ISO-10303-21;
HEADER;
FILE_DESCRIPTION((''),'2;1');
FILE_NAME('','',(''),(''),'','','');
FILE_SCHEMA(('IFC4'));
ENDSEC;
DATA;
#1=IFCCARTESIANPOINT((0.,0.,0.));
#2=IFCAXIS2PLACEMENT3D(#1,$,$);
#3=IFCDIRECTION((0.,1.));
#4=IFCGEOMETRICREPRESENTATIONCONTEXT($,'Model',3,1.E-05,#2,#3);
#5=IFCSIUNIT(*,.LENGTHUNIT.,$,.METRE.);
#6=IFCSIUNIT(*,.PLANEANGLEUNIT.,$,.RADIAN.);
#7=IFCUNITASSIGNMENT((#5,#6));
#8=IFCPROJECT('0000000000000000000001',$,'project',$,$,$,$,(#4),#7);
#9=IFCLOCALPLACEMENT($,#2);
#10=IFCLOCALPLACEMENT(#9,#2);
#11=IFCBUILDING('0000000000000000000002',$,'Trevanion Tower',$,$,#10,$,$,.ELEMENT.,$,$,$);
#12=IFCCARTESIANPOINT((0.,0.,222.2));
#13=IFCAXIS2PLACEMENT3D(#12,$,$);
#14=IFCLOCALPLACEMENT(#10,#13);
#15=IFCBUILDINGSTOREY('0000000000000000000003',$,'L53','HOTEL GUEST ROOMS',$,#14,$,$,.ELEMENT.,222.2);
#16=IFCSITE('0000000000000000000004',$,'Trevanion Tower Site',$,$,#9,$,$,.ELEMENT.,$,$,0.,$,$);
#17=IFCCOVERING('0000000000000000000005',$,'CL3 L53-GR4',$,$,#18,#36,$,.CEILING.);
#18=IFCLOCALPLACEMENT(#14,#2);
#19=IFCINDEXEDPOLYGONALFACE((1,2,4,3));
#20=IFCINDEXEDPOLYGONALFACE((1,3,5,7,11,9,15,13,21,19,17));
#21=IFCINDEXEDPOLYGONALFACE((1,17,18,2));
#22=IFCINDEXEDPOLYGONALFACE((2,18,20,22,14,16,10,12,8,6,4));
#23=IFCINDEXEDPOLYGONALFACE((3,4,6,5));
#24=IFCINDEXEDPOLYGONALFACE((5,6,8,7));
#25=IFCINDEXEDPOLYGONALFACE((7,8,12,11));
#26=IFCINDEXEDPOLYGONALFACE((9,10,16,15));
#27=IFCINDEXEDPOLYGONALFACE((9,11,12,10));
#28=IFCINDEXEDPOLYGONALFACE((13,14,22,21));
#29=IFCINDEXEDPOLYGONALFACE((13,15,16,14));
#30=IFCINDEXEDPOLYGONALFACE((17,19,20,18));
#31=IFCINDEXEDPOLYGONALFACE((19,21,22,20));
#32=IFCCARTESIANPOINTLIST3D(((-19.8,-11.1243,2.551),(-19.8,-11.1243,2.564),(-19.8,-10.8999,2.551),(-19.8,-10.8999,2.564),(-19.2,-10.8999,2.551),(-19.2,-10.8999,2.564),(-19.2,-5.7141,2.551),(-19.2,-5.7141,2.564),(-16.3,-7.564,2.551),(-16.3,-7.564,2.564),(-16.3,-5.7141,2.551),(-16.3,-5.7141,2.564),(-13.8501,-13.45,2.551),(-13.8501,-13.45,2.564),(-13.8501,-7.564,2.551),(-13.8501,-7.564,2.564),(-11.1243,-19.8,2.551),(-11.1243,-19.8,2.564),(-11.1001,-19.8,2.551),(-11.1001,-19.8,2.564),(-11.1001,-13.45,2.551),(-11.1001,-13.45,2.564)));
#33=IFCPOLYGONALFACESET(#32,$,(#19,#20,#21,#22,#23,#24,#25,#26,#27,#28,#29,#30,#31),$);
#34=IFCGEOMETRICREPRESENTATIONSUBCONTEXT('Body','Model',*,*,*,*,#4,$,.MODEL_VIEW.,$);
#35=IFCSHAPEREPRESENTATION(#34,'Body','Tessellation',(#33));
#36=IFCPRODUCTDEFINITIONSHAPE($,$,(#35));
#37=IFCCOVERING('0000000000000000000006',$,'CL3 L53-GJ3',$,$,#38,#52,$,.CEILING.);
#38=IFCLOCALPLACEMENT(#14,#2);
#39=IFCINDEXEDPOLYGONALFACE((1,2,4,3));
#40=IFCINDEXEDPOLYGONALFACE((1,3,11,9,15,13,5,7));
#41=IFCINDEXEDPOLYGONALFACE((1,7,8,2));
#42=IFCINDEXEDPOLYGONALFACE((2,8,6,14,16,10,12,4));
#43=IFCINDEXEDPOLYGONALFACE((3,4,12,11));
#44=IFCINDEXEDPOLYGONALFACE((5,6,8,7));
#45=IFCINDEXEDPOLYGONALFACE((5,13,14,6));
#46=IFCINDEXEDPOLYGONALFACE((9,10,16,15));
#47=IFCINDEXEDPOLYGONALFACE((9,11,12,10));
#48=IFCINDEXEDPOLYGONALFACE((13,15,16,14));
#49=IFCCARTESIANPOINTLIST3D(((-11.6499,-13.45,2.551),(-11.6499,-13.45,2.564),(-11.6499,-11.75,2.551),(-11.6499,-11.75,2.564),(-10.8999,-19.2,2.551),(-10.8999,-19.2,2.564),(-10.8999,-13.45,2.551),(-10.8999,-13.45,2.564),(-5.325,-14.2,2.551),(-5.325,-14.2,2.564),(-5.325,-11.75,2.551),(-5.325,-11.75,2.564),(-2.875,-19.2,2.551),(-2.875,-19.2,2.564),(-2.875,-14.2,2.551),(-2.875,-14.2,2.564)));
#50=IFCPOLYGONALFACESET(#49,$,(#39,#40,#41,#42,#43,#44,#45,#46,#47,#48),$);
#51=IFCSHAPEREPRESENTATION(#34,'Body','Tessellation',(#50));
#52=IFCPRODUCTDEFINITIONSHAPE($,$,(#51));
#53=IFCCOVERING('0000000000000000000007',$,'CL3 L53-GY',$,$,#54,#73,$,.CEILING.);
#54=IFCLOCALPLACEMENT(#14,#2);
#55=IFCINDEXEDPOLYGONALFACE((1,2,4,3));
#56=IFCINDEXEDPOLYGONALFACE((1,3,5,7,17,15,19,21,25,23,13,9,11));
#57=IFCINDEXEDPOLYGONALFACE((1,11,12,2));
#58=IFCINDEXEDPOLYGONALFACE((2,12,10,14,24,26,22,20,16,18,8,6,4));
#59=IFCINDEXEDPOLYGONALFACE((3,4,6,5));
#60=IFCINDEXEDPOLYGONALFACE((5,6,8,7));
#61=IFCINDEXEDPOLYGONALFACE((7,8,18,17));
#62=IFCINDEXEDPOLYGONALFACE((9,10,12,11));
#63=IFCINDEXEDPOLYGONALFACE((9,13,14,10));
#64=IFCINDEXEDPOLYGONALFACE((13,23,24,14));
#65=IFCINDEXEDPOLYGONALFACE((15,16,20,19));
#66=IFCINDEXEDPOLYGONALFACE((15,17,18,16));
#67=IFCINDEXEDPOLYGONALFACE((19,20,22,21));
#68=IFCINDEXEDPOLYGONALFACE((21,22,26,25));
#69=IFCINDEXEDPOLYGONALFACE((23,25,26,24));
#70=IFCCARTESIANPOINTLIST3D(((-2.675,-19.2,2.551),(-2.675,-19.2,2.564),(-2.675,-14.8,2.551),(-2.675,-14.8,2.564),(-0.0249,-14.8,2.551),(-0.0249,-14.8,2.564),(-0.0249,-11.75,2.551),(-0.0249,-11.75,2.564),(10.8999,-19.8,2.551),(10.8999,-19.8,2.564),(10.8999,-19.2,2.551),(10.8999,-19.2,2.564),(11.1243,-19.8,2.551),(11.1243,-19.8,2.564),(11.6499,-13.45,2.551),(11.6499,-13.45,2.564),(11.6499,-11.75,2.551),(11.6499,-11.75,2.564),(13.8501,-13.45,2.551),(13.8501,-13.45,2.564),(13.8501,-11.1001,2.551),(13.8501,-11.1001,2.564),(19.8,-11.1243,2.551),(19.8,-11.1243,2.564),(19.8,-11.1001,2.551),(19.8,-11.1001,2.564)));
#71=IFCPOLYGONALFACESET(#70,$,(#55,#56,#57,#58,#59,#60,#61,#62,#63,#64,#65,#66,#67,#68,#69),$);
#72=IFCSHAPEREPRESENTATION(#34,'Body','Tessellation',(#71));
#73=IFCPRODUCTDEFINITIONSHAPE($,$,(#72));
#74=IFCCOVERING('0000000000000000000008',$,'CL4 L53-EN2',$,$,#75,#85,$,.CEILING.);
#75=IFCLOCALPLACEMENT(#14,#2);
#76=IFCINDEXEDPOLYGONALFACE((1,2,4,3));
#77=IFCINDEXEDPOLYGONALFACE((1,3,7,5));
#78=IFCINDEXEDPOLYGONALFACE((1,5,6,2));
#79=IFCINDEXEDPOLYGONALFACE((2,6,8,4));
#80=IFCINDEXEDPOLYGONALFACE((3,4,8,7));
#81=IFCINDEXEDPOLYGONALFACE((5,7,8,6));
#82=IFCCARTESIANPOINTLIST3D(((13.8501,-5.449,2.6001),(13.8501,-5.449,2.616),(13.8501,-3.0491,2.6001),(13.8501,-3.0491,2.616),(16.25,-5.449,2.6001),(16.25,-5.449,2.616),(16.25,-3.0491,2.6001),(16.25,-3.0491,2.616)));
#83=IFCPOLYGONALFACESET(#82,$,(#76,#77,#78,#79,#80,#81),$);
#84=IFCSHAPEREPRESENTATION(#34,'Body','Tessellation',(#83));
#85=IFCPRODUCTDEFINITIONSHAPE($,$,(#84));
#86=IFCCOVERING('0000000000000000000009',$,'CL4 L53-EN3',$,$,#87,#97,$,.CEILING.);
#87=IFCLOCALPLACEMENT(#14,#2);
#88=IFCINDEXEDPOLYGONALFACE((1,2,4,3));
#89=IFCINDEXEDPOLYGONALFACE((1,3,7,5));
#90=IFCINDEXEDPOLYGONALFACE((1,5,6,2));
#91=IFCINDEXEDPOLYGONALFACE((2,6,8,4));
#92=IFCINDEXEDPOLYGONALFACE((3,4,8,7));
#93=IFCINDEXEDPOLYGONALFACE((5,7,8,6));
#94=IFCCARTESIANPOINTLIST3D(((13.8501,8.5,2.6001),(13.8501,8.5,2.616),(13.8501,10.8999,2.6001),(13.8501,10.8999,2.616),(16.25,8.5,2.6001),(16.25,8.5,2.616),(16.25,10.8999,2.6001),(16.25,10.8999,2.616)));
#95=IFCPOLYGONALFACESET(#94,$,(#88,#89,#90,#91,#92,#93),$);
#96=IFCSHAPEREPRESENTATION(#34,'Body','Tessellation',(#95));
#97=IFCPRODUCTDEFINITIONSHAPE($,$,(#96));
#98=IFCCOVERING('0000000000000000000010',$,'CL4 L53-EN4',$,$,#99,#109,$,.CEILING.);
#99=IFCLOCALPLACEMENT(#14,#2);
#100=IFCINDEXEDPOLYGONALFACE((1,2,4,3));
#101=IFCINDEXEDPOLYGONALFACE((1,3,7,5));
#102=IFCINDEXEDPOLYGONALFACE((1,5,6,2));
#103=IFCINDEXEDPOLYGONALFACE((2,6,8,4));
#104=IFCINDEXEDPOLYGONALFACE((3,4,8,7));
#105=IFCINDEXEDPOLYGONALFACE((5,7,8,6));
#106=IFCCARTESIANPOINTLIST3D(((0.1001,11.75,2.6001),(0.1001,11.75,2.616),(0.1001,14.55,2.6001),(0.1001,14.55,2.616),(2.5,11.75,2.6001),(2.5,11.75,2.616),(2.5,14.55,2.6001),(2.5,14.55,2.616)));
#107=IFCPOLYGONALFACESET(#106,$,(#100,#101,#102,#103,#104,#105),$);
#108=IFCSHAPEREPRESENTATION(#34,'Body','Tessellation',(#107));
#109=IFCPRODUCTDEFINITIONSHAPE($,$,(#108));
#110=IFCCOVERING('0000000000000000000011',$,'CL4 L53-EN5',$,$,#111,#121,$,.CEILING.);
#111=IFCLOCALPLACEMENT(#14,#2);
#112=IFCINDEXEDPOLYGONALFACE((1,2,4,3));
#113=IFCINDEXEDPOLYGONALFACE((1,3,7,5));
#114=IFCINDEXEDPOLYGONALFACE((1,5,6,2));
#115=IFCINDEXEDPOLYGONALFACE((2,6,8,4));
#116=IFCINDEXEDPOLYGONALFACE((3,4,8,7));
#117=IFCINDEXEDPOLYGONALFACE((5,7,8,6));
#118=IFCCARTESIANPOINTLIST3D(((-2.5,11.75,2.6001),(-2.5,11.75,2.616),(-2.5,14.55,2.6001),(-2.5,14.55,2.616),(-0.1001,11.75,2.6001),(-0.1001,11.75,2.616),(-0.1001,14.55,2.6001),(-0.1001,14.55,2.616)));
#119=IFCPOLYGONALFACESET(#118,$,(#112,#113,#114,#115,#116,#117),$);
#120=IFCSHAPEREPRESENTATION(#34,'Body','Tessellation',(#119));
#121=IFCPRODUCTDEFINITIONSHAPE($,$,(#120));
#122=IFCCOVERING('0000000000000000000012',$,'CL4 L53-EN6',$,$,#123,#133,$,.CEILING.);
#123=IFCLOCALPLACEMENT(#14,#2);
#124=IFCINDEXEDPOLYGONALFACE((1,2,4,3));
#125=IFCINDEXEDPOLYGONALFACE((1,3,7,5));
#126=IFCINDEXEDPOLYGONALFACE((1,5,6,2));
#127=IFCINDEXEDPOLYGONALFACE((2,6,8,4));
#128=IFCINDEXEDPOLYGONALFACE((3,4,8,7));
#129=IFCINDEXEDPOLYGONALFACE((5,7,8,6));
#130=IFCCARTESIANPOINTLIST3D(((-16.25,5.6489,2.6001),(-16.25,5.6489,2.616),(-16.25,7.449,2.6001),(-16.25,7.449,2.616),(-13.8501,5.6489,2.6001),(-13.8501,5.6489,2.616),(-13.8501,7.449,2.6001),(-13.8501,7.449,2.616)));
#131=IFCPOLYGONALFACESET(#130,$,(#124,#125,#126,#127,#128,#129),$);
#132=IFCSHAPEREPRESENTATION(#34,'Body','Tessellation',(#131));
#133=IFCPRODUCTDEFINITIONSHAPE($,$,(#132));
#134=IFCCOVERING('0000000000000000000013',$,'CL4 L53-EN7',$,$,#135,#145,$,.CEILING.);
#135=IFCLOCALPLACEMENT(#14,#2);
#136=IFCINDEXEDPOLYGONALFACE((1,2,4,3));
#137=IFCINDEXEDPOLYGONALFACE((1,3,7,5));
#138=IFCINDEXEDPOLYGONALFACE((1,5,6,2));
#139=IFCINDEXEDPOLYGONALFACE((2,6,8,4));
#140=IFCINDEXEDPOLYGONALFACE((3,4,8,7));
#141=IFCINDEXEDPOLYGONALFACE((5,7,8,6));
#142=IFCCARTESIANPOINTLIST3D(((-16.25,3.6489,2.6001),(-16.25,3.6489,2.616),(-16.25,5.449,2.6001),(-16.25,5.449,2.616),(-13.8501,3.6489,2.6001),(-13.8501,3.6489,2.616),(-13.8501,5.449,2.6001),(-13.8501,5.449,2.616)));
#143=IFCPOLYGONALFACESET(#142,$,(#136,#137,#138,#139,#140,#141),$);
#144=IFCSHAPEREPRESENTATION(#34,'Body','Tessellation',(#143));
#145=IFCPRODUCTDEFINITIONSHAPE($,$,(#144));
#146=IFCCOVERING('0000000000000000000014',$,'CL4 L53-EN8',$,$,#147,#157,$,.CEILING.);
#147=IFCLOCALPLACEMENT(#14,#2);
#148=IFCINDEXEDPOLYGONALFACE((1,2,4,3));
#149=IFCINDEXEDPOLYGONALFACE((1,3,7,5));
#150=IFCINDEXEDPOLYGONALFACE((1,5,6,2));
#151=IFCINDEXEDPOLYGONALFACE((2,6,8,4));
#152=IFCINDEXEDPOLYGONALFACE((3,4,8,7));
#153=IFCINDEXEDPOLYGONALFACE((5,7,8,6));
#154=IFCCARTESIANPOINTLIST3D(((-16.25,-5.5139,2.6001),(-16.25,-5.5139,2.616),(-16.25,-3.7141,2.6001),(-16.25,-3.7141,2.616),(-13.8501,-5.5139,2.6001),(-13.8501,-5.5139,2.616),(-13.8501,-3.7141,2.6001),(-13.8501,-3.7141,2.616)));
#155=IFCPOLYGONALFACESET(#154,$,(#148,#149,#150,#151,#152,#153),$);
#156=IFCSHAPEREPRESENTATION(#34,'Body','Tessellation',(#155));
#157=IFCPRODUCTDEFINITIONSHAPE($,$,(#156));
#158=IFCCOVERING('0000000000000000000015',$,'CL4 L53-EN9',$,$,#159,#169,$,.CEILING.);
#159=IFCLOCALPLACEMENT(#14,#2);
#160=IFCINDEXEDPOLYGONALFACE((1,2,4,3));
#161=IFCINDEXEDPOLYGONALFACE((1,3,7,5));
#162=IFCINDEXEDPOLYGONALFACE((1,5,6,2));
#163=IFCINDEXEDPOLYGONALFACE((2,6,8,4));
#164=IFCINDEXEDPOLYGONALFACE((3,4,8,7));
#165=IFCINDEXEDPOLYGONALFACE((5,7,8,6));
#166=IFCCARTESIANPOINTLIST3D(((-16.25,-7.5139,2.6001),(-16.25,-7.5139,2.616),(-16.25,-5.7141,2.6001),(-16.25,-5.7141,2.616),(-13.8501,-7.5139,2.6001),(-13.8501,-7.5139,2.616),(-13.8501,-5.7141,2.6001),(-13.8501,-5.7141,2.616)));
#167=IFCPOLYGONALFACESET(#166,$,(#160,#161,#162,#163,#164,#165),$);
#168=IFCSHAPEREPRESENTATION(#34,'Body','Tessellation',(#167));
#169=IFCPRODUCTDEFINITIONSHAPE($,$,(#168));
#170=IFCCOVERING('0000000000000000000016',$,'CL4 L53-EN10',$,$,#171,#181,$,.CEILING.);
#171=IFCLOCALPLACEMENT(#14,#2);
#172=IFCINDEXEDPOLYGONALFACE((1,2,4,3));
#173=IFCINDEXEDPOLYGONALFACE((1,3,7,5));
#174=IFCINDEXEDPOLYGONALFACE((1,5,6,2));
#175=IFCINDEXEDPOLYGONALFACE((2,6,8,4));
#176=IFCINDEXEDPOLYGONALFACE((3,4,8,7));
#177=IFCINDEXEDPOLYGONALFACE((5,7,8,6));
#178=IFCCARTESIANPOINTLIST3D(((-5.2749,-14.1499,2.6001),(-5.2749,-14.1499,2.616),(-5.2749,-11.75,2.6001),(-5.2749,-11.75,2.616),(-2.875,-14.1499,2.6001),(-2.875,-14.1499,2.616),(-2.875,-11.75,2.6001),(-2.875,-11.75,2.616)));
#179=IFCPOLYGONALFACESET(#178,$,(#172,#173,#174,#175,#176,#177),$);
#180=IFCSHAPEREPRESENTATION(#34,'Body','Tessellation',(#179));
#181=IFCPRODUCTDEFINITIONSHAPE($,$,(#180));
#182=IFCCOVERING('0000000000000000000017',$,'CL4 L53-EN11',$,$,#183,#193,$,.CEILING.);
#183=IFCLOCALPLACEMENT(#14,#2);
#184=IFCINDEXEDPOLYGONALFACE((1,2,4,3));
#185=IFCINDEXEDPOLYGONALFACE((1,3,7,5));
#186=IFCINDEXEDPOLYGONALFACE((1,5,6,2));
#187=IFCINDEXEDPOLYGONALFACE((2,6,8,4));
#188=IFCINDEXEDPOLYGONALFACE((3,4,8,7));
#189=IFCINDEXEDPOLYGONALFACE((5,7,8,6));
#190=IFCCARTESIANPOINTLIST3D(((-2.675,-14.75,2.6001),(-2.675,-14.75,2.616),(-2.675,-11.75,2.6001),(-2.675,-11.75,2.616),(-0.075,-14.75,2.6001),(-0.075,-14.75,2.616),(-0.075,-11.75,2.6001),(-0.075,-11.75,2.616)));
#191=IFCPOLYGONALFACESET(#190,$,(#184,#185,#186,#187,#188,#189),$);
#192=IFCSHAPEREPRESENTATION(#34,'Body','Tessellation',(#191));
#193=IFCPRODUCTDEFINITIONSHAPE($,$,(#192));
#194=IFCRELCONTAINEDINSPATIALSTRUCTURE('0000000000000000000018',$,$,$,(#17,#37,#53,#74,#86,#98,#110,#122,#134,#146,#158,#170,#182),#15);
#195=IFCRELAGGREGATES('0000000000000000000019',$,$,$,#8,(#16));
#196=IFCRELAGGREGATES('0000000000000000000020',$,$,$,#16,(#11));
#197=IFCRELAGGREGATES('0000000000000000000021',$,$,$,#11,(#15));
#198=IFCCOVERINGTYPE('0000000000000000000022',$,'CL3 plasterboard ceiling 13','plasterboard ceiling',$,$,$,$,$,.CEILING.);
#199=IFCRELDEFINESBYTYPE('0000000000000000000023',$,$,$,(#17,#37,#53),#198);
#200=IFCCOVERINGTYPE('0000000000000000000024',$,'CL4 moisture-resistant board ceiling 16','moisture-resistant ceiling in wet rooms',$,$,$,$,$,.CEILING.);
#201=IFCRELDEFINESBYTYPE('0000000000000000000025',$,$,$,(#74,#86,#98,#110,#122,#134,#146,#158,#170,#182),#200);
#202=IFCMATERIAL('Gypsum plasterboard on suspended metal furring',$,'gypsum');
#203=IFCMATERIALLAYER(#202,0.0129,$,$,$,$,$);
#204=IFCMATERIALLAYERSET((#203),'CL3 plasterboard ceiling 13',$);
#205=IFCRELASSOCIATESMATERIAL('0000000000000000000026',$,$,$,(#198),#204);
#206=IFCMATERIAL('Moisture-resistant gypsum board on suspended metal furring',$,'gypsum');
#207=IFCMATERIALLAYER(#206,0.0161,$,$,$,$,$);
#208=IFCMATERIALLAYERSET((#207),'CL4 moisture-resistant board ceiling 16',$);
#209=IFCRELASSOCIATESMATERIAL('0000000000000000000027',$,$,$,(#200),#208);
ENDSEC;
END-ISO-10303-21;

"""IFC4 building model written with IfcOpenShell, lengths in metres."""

from ifc_helpers import new_model, si_unit, direction, frame, origin, place, context, subcontext, project, spatial, polyline, outline, extrude, material, layer, layer_set, type_object, element, save


model = new_model("IFC4")

# Units and contexts
model_context = context("Model", 3, precision=1e-05, world=origin(), true_north=direction((0.0, 1.0)))
body_context = subcontext(model_context, "Body", "Model", "MODEL_VIEW")
ifc_project = project(units=[si_unit("LENGTHUNIT", "METRE"), si_unit("PLANEANGLEUNIT", "RADIAN")], contexts=[model_context])

# Site, building, storey
site_placement = place(None, origin())
site = spatial("IfcSite", under=ifc_project, at=site_placement, Name="Trevanion Tower Site", CompositionType="ELEMENT", RefElevation=0.0)
building_placement = place(site_placement, origin())
building = spatial("IfcBuilding", under=site, at=building_placement, Name="Trevanion Tower", CompositionType="ELEMENT")
storey_placement = place(building_placement, frame((0.0, 0.0, 222.2)))
storey = spatial("IfcBuildingStorey", under=building, at=storey_placement, Name="L53", Description="HOTEL GUEST ROOMS", CompositionType="ELEMENT", Elevation=222.2)

# Coverings
ifc_material_1 = material(Name="Gypsum plasterboard on suspended metal furring", Category="gypsum")
ifc_layer_1 = layer(ifc_material_1, 0.0129)
ifc_layer_set_1 = layer_set([ifc_layer_1], Name="CL3 plasterboard ceiling 13")
covering_type_1 = type_object("IfcCoveringType", Name="CL3 plasterboard ceiling 13", Description="plasterboard ceiling", PredefinedType="CEILING", material=ifc_layer_set_1)
covering_1_placement = place(storey_placement, frame((0.0, 0.0, 2.551)))
element("IfcCovering", 1, at=covering_1_placement, inside=storey, type_object=covering_type_1, Name="CL3 L53-GR4", PredefinedType="CEILING", context=body_context, shape_type="SweptSolid", body=[
    extrude(outline(polyline([(-11.1001, -13.45), (-11.1001, -19.8), (-11.1243, -19.8), (-19.8, -11.1243), (-19.8, -10.8999), (-19.2, -10.8999), (-19.2, -5.7141), (-16.3, -5.7141), (-16.3, -7.564), (-13.8501, -7.564), (-13.8501, -13.45), (-11.1001, -13.45)])), origin(), (0.0, 0.0, 1.0), 0.0129),
])
covering_2_placement = place(storey_placement, frame((0.0, 0.0, 2.551)))
element("IfcCovering", 2, at=covering_2_placement, inside=storey, type_object=covering_type_1, Name="CL3 L53-GJ3", PredefinedType="CEILING", context=body_context, shape_type="SweptSolid", body=[
    extrude(outline(polyline([(-2.875, -19.2), (-10.8999, -19.2), (-10.8999, -13.45), (-11.6499, -13.45), (-11.6499, -11.75), (-5.325, -11.75), (-5.325, -14.2), (-2.875, -14.2), (-2.875, -19.2)])), origin(), (0.0, 0.0, 1.0), 0.0129),
])
covering_3_placement = place(storey_placement, frame((0.0, 0.0, 2.551)))
element("IfcCovering", 3, at=covering_3_placement, inside=storey, type_object=covering_type_1, Name="CL3 L53-GY", PredefinedType="CEILING", context=body_context, shape_type="SweptSolid", body=[
    extrude(outline(polyline([(13.8501, -11.1001), (19.8, -11.1001), (19.8, -11.1243), (11.1243, -19.8), (10.8999, -19.8), (10.8999, -19.2), (-2.675, -19.2), (-2.675, -14.8), (-0.0249, -14.8), (-0.0249, -11.75), (11.6499, -11.75), (11.6499, -13.45), (13.8501, -13.45), (13.8501, -11.1001)])), origin(), (0.0, 0.0, 1.0), 0.0129),
])
ifc_material_2 = material(Name="Moisture-resistant gypsum board on suspended metal furring", Category="gypsum")
ifc_layer_2 = layer(ifc_material_2, 0.0161)
ifc_layer_set_2 = layer_set([ifc_layer_2], Name="CL4 moisture-resistant board ceiling 16")
covering_type_2 = type_object("IfcCoveringType", Name="CL4 moisture-resistant board ceiling 16", Description="moisture-resistant ceiling in wet rooms", PredefinedType="CEILING", material=ifc_layer_set_2)
covering_4_placement = place(storey_placement, frame((0.0, 0.0, 2.6001)))
element("IfcCovering", 4, at=covering_4_placement, inside=storey, type_object=covering_type_2, Name="CL4 L53-EN2", PredefinedType="CEILING", context=body_context, shape_type="SweptSolid", body=[
    extrude(outline(polyline([(16.25, -5.449), (16.25, -3.0491), (13.8501, -3.0491), (13.8501, -5.449), (16.25, -5.449)])), origin(), (0.0, 0.0, 1.0), 0.0159),
])
covering_5_placement = place(storey_placement, frame((0.0, 0.0, 2.6001)))
element("IfcCovering", 5, at=covering_5_placement, inside=storey, type_object=covering_type_2, Name="CL4 L53-EN3", PredefinedType="CEILING", context=body_context, shape_type="SweptSolid", body=[
    extrude(outline(polyline([(16.25, 8.5), (16.25, 10.8999), (13.8501, 10.8999), (13.8501, 8.5), (16.25, 8.5)])), origin(), (0.0, 0.0, 1.0), 0.0159),
])
covering_6_placement = place(storey_placement, frame((0.0, 0.0, 2.6001)))
element("IfcCovering", 6, at=covering_6_placement, inside=storey, type_object=covering_type_2, Name="CL4 L53-EN4", PredefinedType="CEILING", context=body_context, shape_type="SweptSolid", body=[
    extrude(outline(polyline([(2.5, 14.55), (0.1001, 14.55), (0.1001, 11.75), (2.5, 11.75), (2.5, 14.55)])), origin(), (0.0, 0.0, 1.0), 0.0159),
])
covering_7_placement = place(storey_placement, frame((0.0, 0.0, 2.6001)))
element("IfcCovering", 7, at=covering_7_placement, inside=storey, type_object=covering_type_2, Name="CL4 L53-EN5", PredefinedType="CEILING", context=body_context, shape_type="SweptSolid", body=[
    extrude(outline(polyline([(-0.1001, 14.55), (-2.5, 14.55), (-2.5, 11.75), (-0.1001, 11.75), (-0.1001, 14.55)])), origin(), (0.0, 0.0, 1.0), 0.0159),
])
covering_8_placement = place(storey_placement, frame((0.0, 0.0, 2.6001)))
element("IfcCovering", 8, at=covering_8_placement, inside=storey, type_object=covering_type_2, Name="CL4 L53-EN6", PredefinedType="CEILING", context=body_context, shape_type="SweptSolid", body=[
    extrude(outline(polyline([(-16.25, 7.449), (-16.25, 5.6489), (-13.8501, 5.6489), (-13.8501, 7.449), (-16.25, 7.449)])), origin(), (0.0, 0.0, 1.0), 0.0159),
])
covering_9_placement = place(storey_placement, frame((0.0, 0.0, 2.6001)))
element("IfcCovering", 9, at=covering_9_placement, inside=storey, type_object=covering_type_2, Name="CL4 L53-EN7", PredefinedType="CEILING", context=body_context, shape_type="SweptSolid", body=[
    extrude(outline(polyline([(-16.25, 5.449), (-16.25, 3.6489), (-13.8501, 3.6489), (-13.8501, 5.449), (-16.25, 5.449)])), origin(), (0.0, 0.0, 1.0), 0.0159),
])
covering_10_placement = place(storey_placement, frame((0.0, 0.0, 2.6001)))
element("IfcCovering", 10, at=covering_10_placement, inside=storey, type_object=covering_type_2, Name="CL4 L53-EN8", PredefinedType="CEILING", context=body_context, shape_type="SweptSolid", body=[
    extrude(outline(polyline([(-16.25, -3.7141), (-16.25, -5.5139), (-13.8501, -5.5139), (-13.8501, -3.7141), (-16.25, -3.7141)])), origin(), (0.0, 0.0, 1.0), 0.0159),
])
covering_11_placement = place(storey_placement, frame((0.0, 0.0, 2.6001)))
element("IfcCovering", 11, at=covering_11_placement, inside=storey, type_object=covering_type_2, Name="CL4 L53-EN9", PredefinedType="CEILING", context=body_context, shape_type="SweptSolid", body=[
    extrude(outline(polyline([(-16.25, -5.7141), (-16.25, -7.5139), (-13.8501, -7.5139), (-13.8501, -5.7141), (-16.25, -5.7141)])), origin(), (0.0, 0.0, 1.0), 0.0159),
])
covering_12_placement = place(storey_placement, frame((0.0, 0.0, 2.6001)))
element("IfcCovering", 12, at=covering_12_placement, inside=storey, type_object=covering_type_2, Name="CL4 L53-EN10", PredefinedType="CEILING", context=body_context, shape_type="SweptSolid", body=[
    extrude(outline(polyline([(-5.2749, -14.1499), (-2.875, -14.1499), (-2.875, -11.75), (-5.2749, -11.75), (-5.2749, -14.1499)])), origin(), (0.0, 0.0, 1.0), 0.0159),
])
covering_13_placement = place(storey_placement, frame((0.0, 0.0, 2.6001)))
element("IfcCovering", 13, at=covering_13_placement, inside=storey, type_object=covering_type_2, Name="CL4 L53-EN11", PredefinedType="CEILING", context=body_context, shape_type="SweptSolid", body=[
    extrude(outline(polyline([(-2.675, -14.75), (-0.075, -14.75), (-0.075, -11.75), (-2.675, -11.75), (-2.675, -14.75)])), origin(), (0.0, 0.0, 1.0), 0.0159),
])

save(model, "model.ifc")
